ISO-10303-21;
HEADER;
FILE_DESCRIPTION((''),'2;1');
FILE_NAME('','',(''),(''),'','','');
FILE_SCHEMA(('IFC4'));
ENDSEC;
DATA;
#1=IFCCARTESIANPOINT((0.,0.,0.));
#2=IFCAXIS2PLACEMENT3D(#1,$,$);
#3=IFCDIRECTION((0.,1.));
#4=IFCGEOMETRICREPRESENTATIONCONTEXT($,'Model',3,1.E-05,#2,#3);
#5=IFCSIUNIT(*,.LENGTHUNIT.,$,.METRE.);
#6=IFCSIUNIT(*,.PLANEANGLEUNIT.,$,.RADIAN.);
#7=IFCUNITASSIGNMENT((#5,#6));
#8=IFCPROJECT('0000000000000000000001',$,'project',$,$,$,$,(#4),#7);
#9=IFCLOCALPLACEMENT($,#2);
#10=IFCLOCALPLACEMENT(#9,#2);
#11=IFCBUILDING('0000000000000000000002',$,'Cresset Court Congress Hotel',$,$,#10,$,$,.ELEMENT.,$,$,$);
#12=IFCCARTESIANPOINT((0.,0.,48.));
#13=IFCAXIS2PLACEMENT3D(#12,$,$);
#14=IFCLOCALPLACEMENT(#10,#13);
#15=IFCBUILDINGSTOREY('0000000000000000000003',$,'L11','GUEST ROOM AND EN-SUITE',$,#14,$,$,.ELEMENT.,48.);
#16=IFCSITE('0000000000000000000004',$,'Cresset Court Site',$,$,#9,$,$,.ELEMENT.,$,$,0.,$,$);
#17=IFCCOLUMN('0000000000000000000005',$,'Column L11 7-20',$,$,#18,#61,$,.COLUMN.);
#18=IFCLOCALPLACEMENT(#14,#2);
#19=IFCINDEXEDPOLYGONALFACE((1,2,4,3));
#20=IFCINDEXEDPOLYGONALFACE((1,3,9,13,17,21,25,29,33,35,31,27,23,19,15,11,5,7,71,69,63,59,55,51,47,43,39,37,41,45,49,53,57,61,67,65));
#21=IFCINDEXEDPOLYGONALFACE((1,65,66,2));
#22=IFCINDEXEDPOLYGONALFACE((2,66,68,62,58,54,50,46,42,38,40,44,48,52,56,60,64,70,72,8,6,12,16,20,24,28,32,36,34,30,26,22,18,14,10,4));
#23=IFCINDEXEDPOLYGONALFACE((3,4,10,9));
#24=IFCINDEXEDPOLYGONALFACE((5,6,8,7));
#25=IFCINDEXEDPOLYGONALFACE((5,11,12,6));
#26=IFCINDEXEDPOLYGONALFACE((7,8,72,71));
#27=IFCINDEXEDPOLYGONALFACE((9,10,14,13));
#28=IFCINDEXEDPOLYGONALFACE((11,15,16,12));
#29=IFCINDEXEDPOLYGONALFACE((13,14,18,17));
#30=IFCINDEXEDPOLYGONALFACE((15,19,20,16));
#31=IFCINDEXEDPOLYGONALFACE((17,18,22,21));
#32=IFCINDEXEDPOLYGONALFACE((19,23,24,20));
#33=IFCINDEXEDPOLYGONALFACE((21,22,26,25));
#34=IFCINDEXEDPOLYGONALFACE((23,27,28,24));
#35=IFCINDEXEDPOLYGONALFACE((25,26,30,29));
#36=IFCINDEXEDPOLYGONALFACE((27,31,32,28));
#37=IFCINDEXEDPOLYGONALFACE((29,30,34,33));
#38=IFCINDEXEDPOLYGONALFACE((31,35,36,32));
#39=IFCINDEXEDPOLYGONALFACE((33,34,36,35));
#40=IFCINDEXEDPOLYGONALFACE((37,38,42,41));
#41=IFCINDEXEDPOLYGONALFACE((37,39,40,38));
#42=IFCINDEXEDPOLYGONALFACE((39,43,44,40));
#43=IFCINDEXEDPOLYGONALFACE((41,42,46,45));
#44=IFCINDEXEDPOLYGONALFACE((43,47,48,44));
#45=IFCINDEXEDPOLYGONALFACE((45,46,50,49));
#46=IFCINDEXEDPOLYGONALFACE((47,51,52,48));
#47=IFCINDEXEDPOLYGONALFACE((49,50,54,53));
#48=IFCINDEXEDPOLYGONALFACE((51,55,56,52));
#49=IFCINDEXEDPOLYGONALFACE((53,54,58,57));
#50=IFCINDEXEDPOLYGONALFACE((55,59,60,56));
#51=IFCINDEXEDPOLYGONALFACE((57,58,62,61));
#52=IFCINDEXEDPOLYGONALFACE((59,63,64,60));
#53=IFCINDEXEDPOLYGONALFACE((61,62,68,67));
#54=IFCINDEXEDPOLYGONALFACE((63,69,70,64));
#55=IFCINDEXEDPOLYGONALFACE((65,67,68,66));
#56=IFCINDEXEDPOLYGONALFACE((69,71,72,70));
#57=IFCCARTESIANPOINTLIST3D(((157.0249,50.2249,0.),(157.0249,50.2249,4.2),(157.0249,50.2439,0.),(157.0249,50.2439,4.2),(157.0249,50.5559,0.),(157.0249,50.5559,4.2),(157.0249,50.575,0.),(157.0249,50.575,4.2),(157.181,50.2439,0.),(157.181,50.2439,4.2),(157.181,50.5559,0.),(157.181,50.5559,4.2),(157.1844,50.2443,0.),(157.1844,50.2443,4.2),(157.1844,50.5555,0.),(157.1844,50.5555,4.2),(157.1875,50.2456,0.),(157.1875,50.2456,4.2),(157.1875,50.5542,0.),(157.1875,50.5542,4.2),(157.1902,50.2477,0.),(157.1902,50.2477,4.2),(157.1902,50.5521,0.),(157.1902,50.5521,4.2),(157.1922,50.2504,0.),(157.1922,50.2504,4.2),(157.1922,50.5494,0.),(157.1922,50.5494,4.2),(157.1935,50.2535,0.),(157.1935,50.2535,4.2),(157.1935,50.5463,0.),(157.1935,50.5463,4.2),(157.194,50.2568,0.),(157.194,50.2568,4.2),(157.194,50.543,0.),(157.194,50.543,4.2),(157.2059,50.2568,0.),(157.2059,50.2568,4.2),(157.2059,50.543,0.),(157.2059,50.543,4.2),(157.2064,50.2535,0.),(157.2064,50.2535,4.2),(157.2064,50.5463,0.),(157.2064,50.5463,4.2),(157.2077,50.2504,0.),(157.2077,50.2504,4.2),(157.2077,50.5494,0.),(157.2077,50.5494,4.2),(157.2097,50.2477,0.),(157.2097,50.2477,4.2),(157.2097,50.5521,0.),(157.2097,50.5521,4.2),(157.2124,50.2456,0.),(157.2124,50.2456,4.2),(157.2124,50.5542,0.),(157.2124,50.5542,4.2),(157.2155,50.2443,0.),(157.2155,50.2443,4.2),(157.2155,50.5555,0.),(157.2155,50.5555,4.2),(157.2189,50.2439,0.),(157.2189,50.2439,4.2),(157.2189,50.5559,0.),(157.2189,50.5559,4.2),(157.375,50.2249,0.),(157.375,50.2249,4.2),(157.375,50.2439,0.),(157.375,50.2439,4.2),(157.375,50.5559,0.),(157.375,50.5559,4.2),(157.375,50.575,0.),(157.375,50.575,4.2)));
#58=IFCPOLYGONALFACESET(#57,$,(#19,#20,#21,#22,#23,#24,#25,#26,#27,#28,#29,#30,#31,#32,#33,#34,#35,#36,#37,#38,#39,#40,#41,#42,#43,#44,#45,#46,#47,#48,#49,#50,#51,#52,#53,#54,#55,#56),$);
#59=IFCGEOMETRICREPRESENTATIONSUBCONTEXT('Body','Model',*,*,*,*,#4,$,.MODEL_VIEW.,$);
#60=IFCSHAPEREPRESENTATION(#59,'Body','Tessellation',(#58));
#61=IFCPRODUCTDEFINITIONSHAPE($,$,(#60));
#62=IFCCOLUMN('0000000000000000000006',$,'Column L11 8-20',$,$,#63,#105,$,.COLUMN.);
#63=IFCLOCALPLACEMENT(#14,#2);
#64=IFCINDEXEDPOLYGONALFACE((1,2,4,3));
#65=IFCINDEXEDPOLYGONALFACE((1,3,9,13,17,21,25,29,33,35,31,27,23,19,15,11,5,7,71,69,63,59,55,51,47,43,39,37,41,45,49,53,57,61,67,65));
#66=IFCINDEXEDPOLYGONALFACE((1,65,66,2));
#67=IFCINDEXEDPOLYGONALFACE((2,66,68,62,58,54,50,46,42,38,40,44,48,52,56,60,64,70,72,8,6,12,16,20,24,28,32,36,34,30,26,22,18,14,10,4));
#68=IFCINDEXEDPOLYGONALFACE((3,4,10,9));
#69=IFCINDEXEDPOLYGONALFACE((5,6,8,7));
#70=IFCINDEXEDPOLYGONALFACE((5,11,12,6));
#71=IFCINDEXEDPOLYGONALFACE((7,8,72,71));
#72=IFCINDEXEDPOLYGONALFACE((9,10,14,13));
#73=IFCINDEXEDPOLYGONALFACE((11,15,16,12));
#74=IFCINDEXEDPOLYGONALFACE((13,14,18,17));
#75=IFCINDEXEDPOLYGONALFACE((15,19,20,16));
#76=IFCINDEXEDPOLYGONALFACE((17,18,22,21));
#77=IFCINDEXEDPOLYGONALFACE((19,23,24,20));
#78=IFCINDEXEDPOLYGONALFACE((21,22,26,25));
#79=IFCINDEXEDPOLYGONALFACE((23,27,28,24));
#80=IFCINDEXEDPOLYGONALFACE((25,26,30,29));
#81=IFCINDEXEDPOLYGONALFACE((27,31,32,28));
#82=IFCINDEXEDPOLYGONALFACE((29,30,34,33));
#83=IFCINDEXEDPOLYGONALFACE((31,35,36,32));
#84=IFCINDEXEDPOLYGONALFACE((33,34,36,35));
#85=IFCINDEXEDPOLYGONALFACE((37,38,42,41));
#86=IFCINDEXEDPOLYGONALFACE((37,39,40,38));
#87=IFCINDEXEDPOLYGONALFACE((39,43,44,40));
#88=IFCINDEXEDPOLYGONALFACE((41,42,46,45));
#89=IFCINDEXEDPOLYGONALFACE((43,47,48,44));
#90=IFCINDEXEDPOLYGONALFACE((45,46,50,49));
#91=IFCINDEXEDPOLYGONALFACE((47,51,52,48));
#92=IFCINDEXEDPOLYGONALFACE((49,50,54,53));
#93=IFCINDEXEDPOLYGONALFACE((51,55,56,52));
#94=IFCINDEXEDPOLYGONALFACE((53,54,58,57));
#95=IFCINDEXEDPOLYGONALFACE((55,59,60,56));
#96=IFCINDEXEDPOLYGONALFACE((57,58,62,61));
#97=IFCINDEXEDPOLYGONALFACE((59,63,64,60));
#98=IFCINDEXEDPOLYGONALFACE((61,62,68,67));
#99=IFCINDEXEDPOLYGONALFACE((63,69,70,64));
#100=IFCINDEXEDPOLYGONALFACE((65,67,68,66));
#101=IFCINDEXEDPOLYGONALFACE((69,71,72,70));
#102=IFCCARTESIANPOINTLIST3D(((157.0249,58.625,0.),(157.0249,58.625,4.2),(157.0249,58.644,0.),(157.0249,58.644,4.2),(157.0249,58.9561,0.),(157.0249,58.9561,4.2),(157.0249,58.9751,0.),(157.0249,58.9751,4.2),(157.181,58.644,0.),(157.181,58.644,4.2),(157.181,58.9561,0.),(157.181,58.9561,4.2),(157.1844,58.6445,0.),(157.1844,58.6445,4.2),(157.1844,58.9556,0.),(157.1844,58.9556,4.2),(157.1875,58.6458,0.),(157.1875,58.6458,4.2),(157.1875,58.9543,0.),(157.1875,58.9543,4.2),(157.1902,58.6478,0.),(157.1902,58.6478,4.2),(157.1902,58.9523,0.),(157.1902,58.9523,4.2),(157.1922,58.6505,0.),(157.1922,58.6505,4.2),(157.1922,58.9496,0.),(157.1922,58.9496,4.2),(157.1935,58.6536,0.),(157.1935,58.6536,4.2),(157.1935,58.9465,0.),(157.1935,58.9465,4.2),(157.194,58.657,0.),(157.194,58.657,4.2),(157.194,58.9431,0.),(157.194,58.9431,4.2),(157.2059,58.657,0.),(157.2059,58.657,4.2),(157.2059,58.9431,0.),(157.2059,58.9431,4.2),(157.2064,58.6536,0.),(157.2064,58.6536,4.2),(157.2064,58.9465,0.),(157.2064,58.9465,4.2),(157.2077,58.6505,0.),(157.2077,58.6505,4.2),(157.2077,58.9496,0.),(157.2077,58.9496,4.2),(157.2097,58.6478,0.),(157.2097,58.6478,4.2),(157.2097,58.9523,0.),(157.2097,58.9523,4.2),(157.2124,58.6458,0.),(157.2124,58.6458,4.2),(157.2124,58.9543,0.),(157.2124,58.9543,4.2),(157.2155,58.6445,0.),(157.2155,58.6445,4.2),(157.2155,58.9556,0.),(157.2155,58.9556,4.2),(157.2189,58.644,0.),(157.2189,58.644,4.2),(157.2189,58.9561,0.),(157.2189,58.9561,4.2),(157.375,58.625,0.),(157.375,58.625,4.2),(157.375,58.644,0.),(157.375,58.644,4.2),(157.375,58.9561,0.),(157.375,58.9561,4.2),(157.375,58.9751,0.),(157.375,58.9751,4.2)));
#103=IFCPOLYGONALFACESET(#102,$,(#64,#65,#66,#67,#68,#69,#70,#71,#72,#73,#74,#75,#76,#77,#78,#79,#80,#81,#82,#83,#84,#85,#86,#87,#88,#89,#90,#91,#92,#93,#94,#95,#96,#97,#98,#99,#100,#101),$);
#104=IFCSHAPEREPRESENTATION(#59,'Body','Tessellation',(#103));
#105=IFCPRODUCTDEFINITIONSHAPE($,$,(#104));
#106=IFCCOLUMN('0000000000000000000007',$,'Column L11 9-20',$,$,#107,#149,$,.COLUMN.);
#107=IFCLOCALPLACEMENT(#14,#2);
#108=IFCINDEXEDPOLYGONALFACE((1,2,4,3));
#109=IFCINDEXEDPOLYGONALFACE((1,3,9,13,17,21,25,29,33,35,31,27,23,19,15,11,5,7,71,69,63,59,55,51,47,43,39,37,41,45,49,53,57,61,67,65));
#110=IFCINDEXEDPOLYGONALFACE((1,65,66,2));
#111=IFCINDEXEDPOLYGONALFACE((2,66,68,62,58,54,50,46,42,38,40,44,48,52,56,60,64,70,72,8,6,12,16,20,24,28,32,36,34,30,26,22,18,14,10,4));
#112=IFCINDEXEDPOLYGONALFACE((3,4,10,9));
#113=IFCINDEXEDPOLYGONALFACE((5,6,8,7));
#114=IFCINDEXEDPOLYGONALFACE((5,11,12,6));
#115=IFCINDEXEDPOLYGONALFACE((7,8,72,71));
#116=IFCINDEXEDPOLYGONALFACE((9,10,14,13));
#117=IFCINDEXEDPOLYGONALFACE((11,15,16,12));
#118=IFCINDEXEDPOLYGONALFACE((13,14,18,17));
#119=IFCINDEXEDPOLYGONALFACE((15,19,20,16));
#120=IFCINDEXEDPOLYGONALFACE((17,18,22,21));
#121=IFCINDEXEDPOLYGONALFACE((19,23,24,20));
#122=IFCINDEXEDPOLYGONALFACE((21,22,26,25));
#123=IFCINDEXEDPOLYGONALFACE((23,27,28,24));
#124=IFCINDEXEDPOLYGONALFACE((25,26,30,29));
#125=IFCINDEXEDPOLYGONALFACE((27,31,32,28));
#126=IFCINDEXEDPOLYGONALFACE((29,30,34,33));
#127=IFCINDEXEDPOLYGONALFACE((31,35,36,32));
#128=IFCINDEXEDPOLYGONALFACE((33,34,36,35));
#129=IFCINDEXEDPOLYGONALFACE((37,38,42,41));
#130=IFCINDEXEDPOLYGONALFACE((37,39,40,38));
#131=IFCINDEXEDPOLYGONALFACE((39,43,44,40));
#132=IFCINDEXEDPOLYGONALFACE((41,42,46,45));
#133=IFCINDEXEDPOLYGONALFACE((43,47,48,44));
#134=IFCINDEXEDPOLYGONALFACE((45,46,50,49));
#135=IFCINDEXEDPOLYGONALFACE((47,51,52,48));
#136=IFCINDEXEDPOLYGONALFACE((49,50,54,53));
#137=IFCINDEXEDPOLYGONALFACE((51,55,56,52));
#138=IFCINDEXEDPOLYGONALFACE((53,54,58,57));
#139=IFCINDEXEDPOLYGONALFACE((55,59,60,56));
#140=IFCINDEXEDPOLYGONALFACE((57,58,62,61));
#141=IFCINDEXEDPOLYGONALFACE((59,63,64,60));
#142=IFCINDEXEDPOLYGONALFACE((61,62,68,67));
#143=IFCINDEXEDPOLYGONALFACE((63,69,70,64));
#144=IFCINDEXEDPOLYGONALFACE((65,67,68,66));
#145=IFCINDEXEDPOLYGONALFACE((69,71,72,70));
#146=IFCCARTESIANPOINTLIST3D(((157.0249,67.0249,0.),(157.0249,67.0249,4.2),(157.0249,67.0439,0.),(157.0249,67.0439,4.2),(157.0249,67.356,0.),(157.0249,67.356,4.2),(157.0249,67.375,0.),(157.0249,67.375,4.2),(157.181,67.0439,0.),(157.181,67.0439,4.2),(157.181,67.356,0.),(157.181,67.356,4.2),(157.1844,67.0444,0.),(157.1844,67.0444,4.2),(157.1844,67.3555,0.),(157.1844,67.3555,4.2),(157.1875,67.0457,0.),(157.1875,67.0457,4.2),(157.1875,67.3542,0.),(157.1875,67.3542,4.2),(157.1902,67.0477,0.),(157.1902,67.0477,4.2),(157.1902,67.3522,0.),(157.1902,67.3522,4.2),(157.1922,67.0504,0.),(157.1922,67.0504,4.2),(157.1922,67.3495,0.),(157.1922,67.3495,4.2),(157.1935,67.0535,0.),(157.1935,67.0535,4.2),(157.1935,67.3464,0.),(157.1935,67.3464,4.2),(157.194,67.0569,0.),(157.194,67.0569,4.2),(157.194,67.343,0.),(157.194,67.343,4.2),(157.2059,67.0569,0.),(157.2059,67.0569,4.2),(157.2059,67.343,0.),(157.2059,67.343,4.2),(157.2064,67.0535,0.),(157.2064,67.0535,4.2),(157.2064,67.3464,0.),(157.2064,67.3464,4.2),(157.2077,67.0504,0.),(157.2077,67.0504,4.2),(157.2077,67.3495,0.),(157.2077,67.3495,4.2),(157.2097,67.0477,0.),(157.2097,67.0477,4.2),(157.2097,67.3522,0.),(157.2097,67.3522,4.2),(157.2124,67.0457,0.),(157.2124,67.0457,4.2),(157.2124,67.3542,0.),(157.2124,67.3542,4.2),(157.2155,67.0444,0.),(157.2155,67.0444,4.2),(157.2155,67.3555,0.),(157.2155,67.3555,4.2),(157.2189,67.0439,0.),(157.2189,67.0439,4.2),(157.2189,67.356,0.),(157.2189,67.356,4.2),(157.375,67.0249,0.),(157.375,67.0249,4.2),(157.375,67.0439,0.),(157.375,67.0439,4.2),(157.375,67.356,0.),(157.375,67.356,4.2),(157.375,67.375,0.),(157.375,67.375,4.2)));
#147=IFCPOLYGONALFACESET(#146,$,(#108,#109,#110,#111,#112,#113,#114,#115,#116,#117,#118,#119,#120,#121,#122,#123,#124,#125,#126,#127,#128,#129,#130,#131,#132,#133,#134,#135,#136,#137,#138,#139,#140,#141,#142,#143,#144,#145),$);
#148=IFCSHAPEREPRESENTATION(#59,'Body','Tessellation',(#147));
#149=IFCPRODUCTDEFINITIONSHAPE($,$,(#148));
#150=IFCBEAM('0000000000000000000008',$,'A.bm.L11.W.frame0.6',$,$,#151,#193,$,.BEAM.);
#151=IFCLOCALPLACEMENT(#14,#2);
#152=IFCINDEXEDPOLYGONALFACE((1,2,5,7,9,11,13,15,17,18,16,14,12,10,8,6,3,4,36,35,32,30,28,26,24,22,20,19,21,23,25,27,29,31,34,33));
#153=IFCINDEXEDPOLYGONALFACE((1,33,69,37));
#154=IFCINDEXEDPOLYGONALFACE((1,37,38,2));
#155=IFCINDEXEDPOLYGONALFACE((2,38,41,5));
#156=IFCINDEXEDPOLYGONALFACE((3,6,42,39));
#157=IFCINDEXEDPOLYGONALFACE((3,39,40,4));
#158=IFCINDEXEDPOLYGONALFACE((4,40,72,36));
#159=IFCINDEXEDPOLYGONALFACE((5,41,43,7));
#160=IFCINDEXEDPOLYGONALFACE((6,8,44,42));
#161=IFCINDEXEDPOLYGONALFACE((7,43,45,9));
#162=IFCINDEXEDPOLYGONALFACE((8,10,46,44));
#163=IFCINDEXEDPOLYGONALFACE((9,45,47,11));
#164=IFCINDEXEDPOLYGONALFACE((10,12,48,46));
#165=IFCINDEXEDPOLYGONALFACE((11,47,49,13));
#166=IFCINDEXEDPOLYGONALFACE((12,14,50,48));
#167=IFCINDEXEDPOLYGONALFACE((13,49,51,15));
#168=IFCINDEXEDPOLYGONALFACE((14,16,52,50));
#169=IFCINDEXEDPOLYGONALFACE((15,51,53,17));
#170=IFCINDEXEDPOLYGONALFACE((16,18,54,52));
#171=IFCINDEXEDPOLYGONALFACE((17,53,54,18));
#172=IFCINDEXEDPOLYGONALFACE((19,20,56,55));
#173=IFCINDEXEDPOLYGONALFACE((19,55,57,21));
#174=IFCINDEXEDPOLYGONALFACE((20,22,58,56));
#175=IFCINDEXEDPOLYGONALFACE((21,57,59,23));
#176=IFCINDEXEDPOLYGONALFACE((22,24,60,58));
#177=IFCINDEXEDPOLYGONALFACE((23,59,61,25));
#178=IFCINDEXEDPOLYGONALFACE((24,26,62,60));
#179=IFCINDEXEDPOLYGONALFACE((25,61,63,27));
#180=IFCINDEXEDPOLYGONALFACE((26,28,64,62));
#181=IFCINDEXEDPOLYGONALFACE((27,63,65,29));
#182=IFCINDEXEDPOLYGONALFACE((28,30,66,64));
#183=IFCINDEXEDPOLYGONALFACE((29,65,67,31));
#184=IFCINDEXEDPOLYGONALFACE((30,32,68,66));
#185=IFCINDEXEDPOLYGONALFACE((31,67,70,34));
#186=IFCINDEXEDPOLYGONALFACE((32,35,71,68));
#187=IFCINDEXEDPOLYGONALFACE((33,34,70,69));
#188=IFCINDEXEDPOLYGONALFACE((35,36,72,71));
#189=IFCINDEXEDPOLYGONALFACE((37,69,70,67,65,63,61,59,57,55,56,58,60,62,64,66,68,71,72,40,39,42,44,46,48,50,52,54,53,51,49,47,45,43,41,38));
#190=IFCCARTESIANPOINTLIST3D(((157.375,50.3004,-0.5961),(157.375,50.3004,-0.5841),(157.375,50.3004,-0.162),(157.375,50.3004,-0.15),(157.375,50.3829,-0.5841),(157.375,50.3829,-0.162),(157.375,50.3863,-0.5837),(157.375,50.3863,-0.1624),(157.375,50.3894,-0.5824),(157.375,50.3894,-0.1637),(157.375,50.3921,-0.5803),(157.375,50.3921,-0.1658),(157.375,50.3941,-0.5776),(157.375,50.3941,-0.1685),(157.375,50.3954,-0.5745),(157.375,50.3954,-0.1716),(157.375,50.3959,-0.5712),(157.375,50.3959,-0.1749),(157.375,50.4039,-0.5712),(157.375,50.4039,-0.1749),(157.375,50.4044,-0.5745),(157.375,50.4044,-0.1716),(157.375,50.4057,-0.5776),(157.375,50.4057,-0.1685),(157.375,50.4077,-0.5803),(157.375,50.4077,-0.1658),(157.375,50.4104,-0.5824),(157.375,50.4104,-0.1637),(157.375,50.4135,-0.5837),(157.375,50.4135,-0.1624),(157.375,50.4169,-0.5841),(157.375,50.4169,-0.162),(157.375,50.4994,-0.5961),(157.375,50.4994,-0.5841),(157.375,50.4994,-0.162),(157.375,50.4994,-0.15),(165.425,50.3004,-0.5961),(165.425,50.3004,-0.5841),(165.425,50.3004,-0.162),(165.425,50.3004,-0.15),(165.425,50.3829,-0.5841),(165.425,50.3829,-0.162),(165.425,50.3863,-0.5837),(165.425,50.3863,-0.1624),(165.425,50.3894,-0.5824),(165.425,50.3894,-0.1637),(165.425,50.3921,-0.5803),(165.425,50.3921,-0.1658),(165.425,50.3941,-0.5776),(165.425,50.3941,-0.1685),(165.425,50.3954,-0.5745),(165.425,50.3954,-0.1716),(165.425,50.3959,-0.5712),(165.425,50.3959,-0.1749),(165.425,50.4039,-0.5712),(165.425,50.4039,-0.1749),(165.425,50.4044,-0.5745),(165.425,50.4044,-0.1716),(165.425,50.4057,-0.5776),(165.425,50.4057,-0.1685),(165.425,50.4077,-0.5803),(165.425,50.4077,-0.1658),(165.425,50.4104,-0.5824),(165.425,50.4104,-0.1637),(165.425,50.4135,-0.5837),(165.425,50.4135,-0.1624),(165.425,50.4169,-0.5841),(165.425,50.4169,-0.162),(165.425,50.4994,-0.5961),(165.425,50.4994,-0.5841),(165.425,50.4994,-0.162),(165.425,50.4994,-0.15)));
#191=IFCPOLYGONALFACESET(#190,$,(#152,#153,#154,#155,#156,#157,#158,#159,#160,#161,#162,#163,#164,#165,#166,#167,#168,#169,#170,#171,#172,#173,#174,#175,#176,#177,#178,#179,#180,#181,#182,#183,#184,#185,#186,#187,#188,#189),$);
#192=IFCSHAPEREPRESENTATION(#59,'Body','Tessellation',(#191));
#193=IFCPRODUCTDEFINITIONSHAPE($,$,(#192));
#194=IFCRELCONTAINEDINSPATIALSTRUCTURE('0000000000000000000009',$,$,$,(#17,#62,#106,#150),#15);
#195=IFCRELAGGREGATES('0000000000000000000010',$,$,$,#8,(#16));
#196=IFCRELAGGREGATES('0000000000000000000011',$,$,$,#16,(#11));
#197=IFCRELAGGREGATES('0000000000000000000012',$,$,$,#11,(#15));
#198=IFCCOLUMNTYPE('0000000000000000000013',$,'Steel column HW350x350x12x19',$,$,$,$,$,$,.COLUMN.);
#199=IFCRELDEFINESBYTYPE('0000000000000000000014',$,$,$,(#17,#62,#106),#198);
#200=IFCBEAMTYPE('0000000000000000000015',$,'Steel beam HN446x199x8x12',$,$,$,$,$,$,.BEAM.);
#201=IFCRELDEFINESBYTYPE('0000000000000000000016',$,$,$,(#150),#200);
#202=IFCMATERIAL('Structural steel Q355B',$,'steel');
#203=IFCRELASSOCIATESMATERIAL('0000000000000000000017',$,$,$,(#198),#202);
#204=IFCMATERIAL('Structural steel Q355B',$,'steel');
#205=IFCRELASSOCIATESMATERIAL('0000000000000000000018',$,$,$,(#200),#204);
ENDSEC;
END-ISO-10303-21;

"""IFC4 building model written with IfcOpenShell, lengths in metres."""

from ifc_helpers import new_model, si_unit, direction, frame, origin, origin_2d, place, context, subcontext, project, spatial, i_section, extrude, material, material_profile, profile_set, type_object, element, save


model = new_model("IFC4")

# Units and contexts
model_context = context("Model", 3, precision=1e-05, world=origin(), true_north=direction((0.0, 1.0)))
body_context = subcontext(model_context, "Body", "Model", "MODEL_VIEW")
ifc_project = project(units=[si_unit("LENGTHUNIT", "METRE"), si_unit("PLANEANGLEUNIT", "RADIAN")], contexts=[model_context])

# Site, building, storey
site_placement = place(None, origin())
site = spatial("IfcSite", under=ifc_project, at=site_placement, Name="Cresset Court Site", CompositionType="ELEMENT", RefElevation=0.0)
building_placement = place(site_placement, origin())
building = spatial("IfcBuilding", under=site, at=building_placement, Name="Cresset Court Congress Hotel", CompositionType="ELEMENT")
storey_placement = place(building_placement, frame((0.0, 0.0, 48.0)))
storey = spatial("IfcBuildingStorey", under=building, at=storey_placement, Name="L11", Description="GUEST ROOM AND EN-SUITE", CompositionType="ELEMENT", Elevation=48.0)

# Columns
ifc_material_1 = material(Name="Structural steel Q355B", Category="steel")
ifc_material_profile_1 = material_profile(ifc_material_1, i_section(OverallWidth=0.3501, OverallDepth=0.3501, WebThickness=0.012, FlangeThickness=0.019, FilletRadius=0.0129, at=origin_2d()), Name="HW350x350x12x19")
ifc_profile_set_1 = profile_set([ifc_material_profile_1], Name="Structural steel Q355B")
column_type = type_object("IfcColumnType", Name="Steel column HW350x350x12x19", PredefinedType="COLUMN", material=ifc_profile_set_1)
for number, where, z_axis, x_axis, name in (
    (1, (157.2, 50.3999, 0.0), (0.0, 0.0, 1.0), (1.0, 0.0, 0.0), "Column L11 7-20"),
    (2, (157.2, 58.8, 0.0), (0.0, 0.0, 1.0), (1.0, 0.0, 0.0), "Column L11 8-20"),
    (3, (157.2, 67.2, 0.0), (0.0, 0.0, 1.0), (1.0, 0.0, 0.0), "Column L11 9-20"),
):
    element("IfcColumn", number, at=place(storey_placement, frame(where, z_axis=z_axis, x_axis=x_axis)), inside=storey, type_object=column_type, Name=name, PredefinedType="COLUMN", context=body_context, shape_type="SweptSolid", body=[
        extrude(i_section(OverallWidth=0.3501, OverallDepth=0.3501, WebThickness=0.012, FlangeThickness=0.019, FilletRadius=0.0129, at=origin_2d()), origin(), (0.0, 0.0, 1.0), 4.2),
    ])

# Beam
ifc_material_2 = material(Name="Structural steel Q355B", Category="steel")
ifc_material_profile_2 = material_profile(ifc_material_2, i_section(OverallWidth=0.199, OverallDepth=0.446, WebThickness=0.0081, FlangeThickness=0.012, FilletRadius=0.0129, at=origin_2d()), Name="HN446x199x8x12")
ifc_profile_set_2 = profile_set([ifc_material_profile_2], Name="Structural steel Q355B")
beam_type_1 = type_object("IfcBeamType", Name="Steel beam HN446x199x8x12", PredefinedType="BEAM", material=ifc_profile_set_2)
beam_1_placement = place(storey_placement, frame((157.375, 50.3999, -0.373), z_axis=(1.0, 0.0, 0.0), x_axis=(0.0, 1.0, 0.0)))
element("IfcBeam", 4, at=beam_1_placement, inside=storey, type_object=beam_type_1, Name="A.bm.L11.W.frame0.6", PredefinedType="BEAM", context=body_context, shape_type="SweptSolid", body=[
    extrude(i_section(OverallWidth=0.199, OverallDepth=0.446, WebThickness=0.0081, FlangeThickness=0.012, FilletRadius=0.0129, at=origin_2d()), origin(), (0.0, 0.0, 1.0), 8.05),
])

save(model, "model.ifc")
